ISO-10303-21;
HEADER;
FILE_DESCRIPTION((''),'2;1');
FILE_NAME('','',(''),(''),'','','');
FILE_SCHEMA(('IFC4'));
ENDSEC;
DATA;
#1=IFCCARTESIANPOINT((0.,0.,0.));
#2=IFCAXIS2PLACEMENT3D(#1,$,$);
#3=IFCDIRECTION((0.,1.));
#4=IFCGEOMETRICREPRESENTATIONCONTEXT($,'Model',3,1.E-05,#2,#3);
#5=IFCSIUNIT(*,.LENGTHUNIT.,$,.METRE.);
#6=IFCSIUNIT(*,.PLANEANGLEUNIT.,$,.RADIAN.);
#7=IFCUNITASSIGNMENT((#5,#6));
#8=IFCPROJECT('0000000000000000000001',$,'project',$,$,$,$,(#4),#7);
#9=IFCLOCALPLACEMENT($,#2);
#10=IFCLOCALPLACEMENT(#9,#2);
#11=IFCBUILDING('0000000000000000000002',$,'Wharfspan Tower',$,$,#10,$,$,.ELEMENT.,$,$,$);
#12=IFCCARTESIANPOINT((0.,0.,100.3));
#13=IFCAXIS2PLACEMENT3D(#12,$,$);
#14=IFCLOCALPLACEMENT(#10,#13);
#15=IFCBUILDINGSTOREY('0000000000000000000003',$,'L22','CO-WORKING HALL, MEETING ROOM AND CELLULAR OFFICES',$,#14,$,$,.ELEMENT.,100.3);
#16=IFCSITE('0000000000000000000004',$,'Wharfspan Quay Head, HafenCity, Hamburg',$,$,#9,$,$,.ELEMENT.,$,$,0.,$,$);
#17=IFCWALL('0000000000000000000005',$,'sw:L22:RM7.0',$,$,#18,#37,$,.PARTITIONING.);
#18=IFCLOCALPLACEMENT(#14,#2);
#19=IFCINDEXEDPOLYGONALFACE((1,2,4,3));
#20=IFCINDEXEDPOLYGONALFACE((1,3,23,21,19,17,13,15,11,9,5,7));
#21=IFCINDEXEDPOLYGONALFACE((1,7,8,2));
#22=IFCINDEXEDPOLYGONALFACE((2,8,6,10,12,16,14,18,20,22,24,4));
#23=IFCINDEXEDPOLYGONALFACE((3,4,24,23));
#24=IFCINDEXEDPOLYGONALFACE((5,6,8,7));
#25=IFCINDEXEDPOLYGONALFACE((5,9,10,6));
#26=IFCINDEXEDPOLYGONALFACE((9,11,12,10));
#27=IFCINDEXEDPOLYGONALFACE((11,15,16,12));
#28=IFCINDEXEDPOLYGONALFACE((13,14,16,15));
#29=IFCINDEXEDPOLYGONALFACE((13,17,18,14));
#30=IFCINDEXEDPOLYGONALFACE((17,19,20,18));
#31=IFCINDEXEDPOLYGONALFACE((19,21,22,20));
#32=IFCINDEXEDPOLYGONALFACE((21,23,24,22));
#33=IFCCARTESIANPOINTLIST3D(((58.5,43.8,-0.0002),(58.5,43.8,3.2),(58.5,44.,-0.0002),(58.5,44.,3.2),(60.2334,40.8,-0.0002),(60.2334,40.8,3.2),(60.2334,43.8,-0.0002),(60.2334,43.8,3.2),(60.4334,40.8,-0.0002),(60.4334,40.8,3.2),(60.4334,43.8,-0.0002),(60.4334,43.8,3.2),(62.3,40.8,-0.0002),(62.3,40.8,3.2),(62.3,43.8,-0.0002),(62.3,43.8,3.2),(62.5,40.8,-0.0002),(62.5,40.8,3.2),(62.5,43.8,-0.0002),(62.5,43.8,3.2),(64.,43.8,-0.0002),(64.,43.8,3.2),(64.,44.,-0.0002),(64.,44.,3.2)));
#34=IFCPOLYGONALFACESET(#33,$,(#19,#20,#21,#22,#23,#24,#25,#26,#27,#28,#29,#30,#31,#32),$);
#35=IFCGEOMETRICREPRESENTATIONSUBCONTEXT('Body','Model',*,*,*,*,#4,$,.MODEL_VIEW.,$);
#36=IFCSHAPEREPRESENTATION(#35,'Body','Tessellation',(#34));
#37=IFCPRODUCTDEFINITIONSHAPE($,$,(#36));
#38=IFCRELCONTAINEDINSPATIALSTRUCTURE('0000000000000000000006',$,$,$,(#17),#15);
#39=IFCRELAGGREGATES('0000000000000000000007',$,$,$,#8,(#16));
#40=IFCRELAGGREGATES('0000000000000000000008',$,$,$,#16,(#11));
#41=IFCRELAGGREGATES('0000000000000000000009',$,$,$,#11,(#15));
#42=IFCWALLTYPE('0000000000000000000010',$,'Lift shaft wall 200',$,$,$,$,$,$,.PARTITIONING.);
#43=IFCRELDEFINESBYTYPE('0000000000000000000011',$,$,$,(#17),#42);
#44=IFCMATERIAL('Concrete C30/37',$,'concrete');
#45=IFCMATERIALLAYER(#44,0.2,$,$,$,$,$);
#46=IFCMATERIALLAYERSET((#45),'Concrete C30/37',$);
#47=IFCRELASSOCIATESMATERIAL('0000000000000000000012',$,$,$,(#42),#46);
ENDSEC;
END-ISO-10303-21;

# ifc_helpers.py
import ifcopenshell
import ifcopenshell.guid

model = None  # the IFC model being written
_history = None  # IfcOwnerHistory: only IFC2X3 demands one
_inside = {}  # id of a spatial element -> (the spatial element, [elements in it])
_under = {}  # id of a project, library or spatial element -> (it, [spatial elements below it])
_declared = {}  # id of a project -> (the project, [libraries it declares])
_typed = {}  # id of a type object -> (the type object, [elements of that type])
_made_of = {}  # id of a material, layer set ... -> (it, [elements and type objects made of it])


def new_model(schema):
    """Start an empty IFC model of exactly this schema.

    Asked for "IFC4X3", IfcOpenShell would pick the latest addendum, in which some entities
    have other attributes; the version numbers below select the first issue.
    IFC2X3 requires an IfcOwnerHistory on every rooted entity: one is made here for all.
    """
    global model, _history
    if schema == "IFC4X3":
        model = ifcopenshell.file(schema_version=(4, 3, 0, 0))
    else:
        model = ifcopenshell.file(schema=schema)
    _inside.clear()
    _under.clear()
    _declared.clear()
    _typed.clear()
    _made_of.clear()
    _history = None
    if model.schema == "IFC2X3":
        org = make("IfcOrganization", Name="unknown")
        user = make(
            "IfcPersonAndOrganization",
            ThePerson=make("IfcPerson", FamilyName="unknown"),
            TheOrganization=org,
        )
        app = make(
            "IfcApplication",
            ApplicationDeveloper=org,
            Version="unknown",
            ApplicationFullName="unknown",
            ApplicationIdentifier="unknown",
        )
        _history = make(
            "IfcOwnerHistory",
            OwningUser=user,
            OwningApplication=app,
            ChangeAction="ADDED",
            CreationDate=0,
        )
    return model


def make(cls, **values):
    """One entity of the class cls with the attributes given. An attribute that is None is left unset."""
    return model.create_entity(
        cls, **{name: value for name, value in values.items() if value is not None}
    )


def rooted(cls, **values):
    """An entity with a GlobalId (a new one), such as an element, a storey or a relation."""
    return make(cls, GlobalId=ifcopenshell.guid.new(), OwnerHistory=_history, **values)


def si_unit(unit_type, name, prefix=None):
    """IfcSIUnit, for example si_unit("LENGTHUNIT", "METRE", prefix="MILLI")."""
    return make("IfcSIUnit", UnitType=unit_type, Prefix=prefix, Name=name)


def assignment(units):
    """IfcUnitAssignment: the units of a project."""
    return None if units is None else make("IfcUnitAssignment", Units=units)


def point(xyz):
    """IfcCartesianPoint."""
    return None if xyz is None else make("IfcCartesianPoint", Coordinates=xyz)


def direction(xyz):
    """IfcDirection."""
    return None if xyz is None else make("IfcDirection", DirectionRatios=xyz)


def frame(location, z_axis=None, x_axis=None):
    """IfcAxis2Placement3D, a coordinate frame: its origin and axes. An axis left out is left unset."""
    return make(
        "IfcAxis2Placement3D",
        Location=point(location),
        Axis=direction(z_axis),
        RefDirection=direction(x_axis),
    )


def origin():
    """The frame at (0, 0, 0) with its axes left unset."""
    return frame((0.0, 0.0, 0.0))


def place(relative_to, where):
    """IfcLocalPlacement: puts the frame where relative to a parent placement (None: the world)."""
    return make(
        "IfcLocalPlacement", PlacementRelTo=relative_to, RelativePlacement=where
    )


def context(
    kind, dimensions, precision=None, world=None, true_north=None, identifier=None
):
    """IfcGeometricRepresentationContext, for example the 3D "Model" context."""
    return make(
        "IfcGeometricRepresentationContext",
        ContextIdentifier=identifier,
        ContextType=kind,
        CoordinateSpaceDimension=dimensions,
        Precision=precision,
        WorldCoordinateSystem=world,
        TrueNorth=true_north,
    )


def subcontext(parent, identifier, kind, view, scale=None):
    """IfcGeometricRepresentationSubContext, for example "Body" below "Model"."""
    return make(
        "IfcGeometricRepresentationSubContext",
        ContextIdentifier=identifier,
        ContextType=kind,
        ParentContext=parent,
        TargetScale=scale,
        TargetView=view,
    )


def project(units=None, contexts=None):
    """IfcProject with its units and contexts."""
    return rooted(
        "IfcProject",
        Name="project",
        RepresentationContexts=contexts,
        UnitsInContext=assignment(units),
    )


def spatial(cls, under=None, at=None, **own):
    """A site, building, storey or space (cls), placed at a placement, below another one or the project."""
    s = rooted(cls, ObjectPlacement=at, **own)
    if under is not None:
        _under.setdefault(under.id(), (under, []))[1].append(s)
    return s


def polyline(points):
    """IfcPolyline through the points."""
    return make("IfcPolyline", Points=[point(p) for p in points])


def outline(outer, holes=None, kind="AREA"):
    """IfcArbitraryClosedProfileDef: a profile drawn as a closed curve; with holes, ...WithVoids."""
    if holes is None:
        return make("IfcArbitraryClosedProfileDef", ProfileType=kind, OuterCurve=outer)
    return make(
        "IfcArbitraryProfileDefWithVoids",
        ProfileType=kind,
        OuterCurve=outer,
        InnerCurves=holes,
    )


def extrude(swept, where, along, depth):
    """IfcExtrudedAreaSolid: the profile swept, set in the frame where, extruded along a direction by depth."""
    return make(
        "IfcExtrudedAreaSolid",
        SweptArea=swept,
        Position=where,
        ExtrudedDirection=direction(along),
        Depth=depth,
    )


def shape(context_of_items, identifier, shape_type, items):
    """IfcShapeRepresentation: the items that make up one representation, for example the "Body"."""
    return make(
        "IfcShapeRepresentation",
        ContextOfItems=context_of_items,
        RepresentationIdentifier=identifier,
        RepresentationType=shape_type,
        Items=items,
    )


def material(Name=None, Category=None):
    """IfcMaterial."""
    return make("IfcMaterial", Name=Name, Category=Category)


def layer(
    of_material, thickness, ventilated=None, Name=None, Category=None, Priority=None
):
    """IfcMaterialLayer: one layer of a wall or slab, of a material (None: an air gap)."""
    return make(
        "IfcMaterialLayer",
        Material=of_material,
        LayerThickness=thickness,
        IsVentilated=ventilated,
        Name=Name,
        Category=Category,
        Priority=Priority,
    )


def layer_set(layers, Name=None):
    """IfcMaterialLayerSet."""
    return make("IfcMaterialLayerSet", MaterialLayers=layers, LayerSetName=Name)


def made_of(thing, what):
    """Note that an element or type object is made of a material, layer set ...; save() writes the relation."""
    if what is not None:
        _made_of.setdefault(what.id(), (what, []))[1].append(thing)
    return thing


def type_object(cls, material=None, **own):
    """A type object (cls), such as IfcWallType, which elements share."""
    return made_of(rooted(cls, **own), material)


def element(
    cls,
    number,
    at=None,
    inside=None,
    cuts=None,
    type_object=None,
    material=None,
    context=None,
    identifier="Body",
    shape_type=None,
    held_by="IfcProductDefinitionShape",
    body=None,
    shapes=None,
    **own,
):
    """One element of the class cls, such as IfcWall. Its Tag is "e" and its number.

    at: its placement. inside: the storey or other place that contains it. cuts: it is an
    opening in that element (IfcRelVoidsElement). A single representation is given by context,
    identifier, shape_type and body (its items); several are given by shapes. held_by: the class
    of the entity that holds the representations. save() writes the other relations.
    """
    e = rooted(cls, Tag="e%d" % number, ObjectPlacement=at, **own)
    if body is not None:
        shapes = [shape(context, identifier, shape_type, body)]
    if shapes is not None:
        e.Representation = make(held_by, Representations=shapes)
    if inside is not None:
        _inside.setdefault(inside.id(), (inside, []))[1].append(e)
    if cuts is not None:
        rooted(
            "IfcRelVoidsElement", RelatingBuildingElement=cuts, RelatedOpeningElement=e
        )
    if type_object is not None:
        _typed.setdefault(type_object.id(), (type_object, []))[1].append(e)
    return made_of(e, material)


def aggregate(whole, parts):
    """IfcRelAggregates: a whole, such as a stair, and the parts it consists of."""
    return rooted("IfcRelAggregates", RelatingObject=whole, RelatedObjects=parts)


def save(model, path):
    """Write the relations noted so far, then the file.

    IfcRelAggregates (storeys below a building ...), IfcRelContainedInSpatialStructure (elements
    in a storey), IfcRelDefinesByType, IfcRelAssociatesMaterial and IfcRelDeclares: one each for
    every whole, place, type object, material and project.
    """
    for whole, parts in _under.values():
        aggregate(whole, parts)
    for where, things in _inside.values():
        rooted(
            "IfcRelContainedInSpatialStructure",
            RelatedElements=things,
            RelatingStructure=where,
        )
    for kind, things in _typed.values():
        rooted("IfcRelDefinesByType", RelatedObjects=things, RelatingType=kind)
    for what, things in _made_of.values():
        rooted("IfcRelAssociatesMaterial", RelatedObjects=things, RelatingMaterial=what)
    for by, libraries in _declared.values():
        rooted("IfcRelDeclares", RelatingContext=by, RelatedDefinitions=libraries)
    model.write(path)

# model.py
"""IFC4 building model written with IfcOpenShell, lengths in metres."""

from ifc_helpers import new_model, si_unit, direction, frame, origin, place, context, subcontext, project, spatial, polyline, outline, extrude, material, layer, layer_set, type_object, element, save


model = new_model("IFC4")

# Units and contexts
model_context = context("Model", 3, precision=1e-05, world=origin(), true_north=direction((0.0, 1.0)))
body_context = subcontext(model_context, "Body", "Model", "MODEL_VIEW")
ifc_project = project(units=[si_unit("LENGTHUNIT", "METRE"), si_unit("PLANEANGLEUNIT", "RADIAN")], contexts=[model_context])

# Site, building, storey
site_placement = place(None, origin())
site = spatial("IfcSite", under=ifc_project, at=site_placement, Name="Wharfspan Quay Head, HafenCity, Hamburg", CompositionType="ELEMENT", RefElevation=0.0)
building_placement = place(site_placement, origin())
building = spatial("IfcBuilding", under=site, at=building_placement, Name="Wharfspan Tower", CompositionType="ELEMENT")
storey_placement = place(building_placement, frame((0.0, 0.0, 100.3)))
storey = spatial("IfcBuildingStorey", under=building, at=storey_placement, Name="L22", Description="CO-WORKING HALL, MEETING ROOM AND CELLULAR OFFICES", CompositionType="ELEMENT", Elevation=100.3)

# Wall
ifc_material_1 = material(Name="Concrete C30/37", Category="concrete")
ifc_layer_1 = layer(ifc_material_1, 0.2)
ifc_layer_set_1 = layer_set([ifc_layer_1], Name="Concrete C30/37")
wall_type_1 = type_object("IfcWallType", Name="Lift shaft wall 200", PredefinedType="PARTITIONING", material=ifc_layer_set_1)
wall_1_placement = place(storey_placement, frame((0.0, 0.0, -0.0002)))
element("IfcWall", 1, at=wall_1_placement, inside=storey, type_object=wall_type_1, Name="sw:L22:RM7.0", PredefinedType="PARTITIONING", context=body_context, shape_type="SweptSolid", body=[
    extrude(outline(polyline([(60.4333, 40.8), (60.2334, 40.8), (60.2334, 43.8), (58.5, 43.8), (58.5, 44.0), (64.0, 44.0), (64.0, 43.8), (62.5, 43.8), (62.5, 40.8), (62.3, 40.8), (62.3, 43.8), (60.4333, 43.8), (60.4333, 40.8)])), origin(), (0.0, 0.0, 1.0), 3.2002),
])

save(model, "model.ifc")
